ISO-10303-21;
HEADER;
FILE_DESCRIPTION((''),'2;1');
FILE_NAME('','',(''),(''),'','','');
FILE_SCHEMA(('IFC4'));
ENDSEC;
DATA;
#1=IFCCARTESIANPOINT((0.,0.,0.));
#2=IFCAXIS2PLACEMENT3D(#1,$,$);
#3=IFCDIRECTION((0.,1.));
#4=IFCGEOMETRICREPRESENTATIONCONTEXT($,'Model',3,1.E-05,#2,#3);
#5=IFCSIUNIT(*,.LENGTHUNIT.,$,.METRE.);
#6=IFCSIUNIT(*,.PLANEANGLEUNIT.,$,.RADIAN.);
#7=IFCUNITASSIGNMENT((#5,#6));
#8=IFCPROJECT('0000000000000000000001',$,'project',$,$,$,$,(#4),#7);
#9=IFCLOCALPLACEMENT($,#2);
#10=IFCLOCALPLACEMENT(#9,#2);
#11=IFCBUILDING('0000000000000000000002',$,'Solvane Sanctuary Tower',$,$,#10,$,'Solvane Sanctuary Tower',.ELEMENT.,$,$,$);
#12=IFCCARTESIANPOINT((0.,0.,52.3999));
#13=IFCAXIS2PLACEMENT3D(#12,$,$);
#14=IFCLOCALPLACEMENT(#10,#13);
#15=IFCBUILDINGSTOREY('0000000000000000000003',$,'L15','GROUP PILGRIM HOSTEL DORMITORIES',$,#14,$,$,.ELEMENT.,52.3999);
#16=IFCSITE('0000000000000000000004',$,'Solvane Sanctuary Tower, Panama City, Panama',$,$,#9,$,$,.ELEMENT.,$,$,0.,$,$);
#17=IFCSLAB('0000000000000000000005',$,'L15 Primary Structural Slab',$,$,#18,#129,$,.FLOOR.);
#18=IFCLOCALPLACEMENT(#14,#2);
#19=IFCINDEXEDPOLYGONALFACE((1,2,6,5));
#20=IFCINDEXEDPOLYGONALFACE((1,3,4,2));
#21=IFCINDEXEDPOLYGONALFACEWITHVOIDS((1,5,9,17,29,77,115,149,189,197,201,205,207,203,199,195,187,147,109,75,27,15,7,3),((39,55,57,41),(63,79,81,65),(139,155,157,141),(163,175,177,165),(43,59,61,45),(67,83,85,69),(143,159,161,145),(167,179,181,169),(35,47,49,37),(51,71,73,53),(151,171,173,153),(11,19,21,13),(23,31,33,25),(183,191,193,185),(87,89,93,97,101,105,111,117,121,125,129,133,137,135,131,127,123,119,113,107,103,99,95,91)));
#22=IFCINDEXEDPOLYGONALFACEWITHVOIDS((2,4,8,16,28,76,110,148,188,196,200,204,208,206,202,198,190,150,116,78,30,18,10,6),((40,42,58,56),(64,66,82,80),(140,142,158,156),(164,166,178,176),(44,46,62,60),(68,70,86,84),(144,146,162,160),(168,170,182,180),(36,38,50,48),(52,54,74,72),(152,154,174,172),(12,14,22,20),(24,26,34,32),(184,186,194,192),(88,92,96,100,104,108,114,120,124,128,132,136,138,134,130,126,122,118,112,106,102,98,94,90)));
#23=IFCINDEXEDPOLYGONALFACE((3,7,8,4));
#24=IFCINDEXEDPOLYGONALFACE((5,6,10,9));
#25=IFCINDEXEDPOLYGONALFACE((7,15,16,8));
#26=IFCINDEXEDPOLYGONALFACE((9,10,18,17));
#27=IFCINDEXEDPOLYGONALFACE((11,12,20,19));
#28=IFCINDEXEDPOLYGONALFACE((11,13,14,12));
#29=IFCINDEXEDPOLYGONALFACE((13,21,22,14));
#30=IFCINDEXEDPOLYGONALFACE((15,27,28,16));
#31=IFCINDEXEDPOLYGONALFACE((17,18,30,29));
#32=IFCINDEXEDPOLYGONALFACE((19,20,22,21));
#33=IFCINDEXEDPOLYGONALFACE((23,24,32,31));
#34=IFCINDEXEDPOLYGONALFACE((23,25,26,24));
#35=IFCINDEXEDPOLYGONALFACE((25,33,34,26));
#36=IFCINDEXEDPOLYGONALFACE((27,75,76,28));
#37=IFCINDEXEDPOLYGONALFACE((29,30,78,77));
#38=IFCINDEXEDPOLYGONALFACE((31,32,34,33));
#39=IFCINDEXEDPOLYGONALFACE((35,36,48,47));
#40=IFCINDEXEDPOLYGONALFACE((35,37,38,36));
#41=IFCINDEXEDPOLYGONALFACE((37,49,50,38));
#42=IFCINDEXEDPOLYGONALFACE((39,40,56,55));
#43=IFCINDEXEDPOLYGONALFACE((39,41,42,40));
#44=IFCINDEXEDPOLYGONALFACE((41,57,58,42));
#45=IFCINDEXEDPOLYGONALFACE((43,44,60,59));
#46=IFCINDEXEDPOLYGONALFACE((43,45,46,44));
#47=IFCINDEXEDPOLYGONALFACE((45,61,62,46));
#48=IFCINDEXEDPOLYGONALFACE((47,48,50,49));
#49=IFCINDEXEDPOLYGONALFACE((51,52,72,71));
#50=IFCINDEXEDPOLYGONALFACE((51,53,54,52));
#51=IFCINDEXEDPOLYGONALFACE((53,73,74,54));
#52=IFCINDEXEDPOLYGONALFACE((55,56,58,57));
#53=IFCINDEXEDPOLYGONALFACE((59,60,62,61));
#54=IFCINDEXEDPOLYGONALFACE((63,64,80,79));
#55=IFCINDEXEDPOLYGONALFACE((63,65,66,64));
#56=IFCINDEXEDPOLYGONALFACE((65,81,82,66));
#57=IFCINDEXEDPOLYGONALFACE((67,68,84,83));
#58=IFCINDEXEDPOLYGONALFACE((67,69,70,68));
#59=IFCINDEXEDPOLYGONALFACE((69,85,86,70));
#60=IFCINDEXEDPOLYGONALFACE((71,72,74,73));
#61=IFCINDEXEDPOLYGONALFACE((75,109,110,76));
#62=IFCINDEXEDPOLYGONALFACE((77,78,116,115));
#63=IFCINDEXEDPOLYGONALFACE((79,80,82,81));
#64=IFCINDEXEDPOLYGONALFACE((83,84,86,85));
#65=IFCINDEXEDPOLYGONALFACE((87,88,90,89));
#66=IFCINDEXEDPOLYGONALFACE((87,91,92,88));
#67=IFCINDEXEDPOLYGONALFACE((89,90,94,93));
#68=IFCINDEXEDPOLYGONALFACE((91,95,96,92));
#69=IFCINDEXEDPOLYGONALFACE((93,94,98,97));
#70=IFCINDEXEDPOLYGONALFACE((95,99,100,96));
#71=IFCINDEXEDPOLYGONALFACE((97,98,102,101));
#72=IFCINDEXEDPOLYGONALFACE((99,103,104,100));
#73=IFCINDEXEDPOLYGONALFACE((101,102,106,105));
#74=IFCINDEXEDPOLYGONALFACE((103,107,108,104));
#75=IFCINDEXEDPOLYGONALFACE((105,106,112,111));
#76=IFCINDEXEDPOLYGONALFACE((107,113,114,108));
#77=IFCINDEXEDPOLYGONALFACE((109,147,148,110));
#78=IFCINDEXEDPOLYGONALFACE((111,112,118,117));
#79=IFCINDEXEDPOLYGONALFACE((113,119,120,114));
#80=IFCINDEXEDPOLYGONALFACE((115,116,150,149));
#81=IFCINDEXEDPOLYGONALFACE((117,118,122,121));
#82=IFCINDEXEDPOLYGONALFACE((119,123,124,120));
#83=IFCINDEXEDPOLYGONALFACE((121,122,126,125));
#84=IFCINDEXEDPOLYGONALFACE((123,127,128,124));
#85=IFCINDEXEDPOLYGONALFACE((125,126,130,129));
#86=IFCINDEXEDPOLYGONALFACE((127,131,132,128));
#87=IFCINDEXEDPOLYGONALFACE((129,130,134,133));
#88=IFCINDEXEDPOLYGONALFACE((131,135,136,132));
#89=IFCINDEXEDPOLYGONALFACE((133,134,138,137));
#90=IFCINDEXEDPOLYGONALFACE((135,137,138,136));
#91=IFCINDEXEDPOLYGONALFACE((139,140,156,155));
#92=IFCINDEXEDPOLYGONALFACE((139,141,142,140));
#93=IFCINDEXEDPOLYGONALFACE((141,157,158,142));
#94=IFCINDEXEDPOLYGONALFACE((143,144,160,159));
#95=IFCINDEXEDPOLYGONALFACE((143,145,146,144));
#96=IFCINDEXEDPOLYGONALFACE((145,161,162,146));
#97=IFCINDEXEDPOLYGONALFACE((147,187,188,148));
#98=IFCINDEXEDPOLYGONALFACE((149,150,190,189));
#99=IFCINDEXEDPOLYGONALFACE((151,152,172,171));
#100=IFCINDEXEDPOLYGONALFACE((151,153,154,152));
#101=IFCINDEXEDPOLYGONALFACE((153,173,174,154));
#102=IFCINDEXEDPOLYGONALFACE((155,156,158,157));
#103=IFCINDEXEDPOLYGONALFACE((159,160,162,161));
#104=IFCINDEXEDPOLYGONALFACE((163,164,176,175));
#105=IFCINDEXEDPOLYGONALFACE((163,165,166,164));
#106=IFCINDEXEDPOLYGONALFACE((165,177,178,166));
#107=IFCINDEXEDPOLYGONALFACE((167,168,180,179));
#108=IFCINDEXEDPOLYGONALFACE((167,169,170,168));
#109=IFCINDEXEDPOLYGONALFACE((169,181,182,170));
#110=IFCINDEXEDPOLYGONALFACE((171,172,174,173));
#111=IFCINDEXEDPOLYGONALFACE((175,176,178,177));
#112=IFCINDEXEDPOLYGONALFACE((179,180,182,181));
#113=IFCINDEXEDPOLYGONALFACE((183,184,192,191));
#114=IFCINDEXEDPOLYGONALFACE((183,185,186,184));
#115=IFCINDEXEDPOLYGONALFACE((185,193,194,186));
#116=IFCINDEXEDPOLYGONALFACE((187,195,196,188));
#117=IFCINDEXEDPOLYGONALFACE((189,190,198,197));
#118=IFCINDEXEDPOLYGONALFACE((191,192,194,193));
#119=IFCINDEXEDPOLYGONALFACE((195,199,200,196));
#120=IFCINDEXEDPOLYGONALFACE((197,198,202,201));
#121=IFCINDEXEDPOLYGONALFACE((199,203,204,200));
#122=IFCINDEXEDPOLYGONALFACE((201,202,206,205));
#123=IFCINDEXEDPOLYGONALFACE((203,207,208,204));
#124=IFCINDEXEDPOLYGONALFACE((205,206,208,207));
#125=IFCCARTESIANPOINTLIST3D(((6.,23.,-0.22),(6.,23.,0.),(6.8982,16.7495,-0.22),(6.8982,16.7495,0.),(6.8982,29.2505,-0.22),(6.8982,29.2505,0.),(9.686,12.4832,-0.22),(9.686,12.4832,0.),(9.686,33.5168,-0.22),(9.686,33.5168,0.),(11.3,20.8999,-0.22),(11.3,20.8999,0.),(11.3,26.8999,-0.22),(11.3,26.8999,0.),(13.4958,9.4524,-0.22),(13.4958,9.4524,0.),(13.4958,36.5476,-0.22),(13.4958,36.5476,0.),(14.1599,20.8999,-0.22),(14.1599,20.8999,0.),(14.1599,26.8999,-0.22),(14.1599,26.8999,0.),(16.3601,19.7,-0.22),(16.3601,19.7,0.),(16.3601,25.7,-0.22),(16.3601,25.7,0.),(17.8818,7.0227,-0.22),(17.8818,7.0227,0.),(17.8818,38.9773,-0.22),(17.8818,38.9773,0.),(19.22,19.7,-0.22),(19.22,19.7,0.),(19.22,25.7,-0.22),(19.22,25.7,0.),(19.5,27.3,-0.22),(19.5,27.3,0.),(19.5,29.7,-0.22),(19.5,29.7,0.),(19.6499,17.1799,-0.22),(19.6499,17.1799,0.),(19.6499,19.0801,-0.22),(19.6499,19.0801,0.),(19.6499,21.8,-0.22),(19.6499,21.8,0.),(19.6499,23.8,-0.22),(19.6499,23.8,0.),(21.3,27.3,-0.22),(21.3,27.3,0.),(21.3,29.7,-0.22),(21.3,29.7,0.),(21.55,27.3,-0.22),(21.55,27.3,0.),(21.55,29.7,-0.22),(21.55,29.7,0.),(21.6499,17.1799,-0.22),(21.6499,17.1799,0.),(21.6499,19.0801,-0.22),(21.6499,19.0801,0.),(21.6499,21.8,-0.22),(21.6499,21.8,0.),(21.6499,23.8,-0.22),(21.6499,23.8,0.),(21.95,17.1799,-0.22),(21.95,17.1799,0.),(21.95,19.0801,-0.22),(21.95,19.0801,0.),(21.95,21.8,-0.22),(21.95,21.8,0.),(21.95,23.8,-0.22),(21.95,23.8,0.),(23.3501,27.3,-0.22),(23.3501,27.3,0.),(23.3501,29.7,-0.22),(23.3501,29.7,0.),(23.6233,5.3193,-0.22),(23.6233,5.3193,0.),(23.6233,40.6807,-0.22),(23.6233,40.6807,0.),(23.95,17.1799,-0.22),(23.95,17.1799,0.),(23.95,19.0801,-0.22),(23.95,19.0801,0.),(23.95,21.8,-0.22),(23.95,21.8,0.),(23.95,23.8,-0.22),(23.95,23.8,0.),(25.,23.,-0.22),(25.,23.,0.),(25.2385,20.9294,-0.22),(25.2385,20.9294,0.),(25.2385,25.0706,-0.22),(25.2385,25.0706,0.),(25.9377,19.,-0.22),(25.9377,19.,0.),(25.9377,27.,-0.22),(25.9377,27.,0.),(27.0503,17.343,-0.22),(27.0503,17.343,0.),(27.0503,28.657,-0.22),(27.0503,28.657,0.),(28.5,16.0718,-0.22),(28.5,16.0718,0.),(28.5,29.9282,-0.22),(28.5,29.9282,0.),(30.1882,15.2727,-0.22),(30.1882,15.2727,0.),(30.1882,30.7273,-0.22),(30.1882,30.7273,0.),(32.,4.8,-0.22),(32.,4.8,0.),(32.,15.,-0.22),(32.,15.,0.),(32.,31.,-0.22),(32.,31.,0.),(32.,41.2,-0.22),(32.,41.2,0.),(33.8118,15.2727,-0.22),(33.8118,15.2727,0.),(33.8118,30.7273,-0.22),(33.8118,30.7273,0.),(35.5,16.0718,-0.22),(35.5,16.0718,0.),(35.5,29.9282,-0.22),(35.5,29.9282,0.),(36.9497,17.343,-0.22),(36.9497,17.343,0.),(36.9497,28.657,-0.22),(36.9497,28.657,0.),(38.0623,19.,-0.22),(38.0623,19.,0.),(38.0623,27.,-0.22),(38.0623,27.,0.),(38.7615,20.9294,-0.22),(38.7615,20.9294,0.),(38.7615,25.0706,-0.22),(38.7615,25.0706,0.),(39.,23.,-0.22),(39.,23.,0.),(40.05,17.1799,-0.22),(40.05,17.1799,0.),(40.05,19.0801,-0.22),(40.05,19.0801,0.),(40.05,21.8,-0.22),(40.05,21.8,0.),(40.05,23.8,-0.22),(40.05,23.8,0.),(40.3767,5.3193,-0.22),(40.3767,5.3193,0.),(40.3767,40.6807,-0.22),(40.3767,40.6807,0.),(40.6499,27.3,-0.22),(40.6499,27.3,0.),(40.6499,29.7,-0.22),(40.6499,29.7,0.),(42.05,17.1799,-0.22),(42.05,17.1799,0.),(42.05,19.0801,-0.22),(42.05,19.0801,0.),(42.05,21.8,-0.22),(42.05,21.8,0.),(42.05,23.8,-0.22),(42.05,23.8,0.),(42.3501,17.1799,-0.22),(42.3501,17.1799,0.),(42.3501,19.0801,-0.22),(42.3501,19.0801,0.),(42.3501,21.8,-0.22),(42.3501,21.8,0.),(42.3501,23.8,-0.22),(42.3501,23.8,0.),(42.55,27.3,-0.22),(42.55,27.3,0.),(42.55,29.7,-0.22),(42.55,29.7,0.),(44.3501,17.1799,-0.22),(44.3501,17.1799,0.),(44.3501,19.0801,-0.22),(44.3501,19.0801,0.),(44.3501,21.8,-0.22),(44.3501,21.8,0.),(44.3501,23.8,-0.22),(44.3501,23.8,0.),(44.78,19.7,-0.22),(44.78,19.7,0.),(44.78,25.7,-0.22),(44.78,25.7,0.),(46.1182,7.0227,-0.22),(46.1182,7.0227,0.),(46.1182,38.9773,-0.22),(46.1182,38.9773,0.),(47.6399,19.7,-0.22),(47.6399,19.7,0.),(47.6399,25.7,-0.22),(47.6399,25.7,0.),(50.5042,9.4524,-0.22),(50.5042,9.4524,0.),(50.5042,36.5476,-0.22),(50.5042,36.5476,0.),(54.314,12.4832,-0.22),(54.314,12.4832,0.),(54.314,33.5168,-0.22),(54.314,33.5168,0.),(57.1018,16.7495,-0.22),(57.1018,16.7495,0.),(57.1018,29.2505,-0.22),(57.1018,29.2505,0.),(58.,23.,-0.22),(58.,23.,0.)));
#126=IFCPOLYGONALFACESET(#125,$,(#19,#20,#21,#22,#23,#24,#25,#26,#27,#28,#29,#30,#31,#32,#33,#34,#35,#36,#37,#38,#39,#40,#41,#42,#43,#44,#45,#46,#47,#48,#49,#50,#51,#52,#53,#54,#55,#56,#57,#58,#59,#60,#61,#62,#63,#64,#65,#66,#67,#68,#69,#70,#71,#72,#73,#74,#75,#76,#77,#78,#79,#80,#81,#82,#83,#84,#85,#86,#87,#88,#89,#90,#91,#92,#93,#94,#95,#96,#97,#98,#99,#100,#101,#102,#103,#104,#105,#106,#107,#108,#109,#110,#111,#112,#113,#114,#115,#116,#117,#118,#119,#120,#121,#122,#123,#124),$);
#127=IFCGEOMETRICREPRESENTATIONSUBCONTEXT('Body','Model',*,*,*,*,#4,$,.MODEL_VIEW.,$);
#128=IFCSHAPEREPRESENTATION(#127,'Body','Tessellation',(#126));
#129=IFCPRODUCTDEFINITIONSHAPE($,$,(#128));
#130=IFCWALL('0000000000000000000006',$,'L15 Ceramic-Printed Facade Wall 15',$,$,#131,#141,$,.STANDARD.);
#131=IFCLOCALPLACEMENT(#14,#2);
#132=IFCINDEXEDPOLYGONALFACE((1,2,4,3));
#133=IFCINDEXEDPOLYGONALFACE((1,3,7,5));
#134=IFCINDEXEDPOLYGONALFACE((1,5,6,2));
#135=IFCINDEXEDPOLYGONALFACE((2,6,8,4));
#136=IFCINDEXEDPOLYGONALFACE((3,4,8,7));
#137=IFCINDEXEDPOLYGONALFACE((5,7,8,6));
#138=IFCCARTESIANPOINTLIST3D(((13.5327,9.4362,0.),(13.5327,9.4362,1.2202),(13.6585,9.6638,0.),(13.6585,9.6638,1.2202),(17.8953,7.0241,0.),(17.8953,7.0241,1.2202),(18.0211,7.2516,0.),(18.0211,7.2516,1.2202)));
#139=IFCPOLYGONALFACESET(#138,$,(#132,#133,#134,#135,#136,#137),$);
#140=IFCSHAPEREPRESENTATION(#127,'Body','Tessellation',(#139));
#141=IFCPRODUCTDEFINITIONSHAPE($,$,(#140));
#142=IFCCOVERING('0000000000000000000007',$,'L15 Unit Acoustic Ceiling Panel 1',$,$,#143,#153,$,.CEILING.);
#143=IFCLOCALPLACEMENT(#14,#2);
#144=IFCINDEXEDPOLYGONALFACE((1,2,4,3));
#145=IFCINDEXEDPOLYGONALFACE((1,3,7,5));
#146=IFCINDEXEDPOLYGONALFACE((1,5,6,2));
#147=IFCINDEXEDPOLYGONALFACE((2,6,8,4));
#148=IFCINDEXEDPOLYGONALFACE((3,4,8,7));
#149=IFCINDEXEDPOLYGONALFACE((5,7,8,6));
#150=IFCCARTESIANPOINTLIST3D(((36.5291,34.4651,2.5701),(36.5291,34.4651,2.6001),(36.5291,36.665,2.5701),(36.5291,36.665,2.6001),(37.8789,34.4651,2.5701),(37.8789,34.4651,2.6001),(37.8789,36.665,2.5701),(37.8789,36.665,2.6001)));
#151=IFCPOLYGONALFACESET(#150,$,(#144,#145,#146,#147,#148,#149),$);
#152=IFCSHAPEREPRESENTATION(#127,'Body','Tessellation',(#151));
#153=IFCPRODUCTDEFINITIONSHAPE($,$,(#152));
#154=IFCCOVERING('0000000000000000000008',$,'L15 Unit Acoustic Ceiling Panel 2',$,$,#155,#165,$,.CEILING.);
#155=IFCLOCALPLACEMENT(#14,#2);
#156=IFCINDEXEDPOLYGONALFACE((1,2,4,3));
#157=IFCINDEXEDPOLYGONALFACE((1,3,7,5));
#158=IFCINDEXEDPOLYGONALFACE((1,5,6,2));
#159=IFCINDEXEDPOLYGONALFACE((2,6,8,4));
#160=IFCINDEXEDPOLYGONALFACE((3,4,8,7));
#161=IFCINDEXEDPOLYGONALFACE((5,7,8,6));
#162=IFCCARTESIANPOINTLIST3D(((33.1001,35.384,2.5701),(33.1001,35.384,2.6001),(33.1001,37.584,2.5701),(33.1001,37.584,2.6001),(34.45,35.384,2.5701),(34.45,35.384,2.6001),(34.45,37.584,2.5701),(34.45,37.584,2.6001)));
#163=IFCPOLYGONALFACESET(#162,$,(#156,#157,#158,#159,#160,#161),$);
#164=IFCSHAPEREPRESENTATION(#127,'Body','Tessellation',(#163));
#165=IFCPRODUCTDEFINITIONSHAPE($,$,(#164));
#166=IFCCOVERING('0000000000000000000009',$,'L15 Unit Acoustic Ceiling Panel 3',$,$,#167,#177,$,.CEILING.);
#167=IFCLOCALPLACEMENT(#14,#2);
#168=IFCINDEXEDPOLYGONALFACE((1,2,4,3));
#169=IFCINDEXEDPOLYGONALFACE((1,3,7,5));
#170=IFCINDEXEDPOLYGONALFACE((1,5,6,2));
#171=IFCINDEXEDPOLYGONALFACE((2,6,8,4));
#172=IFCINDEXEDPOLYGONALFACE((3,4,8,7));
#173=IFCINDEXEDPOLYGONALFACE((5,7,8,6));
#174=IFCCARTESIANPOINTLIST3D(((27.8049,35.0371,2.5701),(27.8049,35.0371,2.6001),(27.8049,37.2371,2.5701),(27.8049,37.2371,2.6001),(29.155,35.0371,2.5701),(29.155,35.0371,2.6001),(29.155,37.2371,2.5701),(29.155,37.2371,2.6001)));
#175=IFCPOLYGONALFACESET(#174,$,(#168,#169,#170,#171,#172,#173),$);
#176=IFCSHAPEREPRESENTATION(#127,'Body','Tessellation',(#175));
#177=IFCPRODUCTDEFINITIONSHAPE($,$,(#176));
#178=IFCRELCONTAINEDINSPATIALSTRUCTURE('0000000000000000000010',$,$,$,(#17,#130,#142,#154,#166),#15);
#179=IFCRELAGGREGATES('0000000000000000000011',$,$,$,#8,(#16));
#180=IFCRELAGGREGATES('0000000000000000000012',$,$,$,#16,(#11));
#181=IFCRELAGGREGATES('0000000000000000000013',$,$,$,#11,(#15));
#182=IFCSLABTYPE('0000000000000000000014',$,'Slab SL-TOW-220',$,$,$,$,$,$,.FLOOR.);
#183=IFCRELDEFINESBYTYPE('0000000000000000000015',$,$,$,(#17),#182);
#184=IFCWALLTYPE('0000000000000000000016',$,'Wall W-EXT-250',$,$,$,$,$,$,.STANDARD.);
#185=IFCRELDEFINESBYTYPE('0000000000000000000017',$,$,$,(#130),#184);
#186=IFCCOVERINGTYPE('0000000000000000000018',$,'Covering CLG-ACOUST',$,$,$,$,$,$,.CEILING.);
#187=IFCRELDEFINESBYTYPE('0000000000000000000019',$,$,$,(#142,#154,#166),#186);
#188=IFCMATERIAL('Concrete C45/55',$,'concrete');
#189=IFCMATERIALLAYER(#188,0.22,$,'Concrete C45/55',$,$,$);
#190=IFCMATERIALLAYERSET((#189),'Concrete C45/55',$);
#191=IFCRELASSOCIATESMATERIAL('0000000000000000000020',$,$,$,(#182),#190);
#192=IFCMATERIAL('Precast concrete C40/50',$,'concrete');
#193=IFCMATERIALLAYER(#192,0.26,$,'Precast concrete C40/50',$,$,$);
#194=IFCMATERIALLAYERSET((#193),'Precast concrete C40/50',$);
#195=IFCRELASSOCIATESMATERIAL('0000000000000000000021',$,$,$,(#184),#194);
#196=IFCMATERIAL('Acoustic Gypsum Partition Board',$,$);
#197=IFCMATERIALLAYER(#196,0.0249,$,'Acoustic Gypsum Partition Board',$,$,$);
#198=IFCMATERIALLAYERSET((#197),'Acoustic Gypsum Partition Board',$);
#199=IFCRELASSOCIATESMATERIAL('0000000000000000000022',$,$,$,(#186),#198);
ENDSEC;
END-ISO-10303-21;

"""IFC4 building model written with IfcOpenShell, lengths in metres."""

from ifc_helpers import new_model, si_unit, direction, frame, frame_2d, origin, place, context, subcontext, project, spatial, polyline, rectangle, outline, extrude, material, layer, layer_set, type_object, element, save


model = new_model("IFC4")

# Units and contexts
model_context = context("Model", 3, precision=1e-05, world=origin(), true_north=direction((0.0, 1.0)))
body_context = subcontext(model_context, "Body", "Model", "MODEL_VIEW")
ifc_project = project(units=[si_unit("LENGTHUNIT", "METRE"), si_unit("PLANEANGLEUNIT", "RADIAN")], contexts=[model_context])

# Site, building, storey
site_placement = place(None, origin())
site = spatial("IfcSite", under=ifc_project, at=site_placement, Name="Solvane Sanctuary Tower, Panama City, Panama", CompositionType="ELEMENT", RefElevation=0.0)
building_placement = place(site_placement, origin())
building = spatial("IfcBuilding", under=site, at=building_placement, Name="Solvane Sanctuary Tower", LongName="Solvane Sanctuary Tower", CompositionType="ELEMENT")
storey_placement = place(building_placement, frame((0.0, 0.0, 52.3999)))
storey = spatial("IfcBuildingStorey", under=building, at=storey_placement, Name="L15", Description="GROUP PILGRIM HOSTEL DORMITORIES", CompositionType="ELEMENT", Elevation=52.3999)

# Shared definitions
ifc_material_1 = material(Name="Concrete C45/55", Category="concrete")

# Slab
ifc_layer_1 = layer(ifc_material_1, 0.22, Name="Concrete C45/55")
ifc_layer_set_1 = layer_set([ifc_layer_1], Name="Concrete C45/55")
slab_type_1 = type_object("IfcSlabType", Name="Slab SL-TOW-220", PredefinedType="FLOOR", material=ifc_layer_set_1)
slab_1_placement = place(storey_placement, frame((0.0, 0.0, -0.22)))
element("IfcSlab", 1, at=slab_1_placement, inside=storey, type_object=slab_type_1, Name="L15 Primary Structural Slab", PredefinedType="FLOOR", context=body_context, shape_type="SweptSolid", body=[
    extrude(outline(polyline([(58.0, 23.0), (57.1018, 29.2505), (54.314, 33.5168), (50.5042, 36.5476), (46.1182, 38.9773), (40.3767, 40.6807), (32.0, 41.2), (23.6233, 40.6807), (17.8818, 38.9773), (13.4958, 36.5476), (9.686, 33.5168), (6.8982, 29.2505), (6.0, 23.0), (6.8982, 16.7495), (9.686, 12.4832), (13.4958, 9.4524), (17.8818, 7.0227), (23.6233, 5.3193), (32.0, 4.8), (40.3767, 5.3193), (46.1182, 7.0227), (50.5042, 9.4524), (54.314, 12.4832), (57.1018, 16.7495), (58.0, 23.0)]), holes=[polyline([(38.7615, 20.9294), (38.0623, 19.0), (36.9497, 17.343), (35.5, 16.0718), (33.8118, 15.2727), (32.0, 15.0), (30.1882, 15.2727), (28.5, 16.0718), (27.0503, 17.343), (25.9377, 19.0), (25.2385, 20.9294), (25.0, 23.0), (25.2385, 25.0706), (25.9377, 27.0), (27.0503, 28.657), (28.5, 29.9282), (30.1882, 30.7273), (32.0, 31.0), (33.8118, 30.7273), (35.5, 29.9282), (36.9497, 28.657), (38.0623, 27.0), (38.7615, 25.0706), (39.0, 23.0), (38.7615, 20.9294)]), polyline([(16.3601, 19.7), (16.3601, 25.7), (19.22, 25.7), (19.22, 19.7), (16.3601, 19.7)]), polyline([(44.78, 19.7), (44.78, 25.7), (47.6399, 25.7), (47.6399, 19.7), (44.78, 19.7)]), polyline([(11.3, 20.8999), (11.3, 26.8999), (14.1599, 26.8999), (14.1599, 20.8999), (11.3, 20.8999)]), polyline([(19.6499, 19.0801), (21.6499, 19.0801), (21.6499, 17.1799), (19.6499, 17.1799), (19.6499, 19.0801)]), polyline([(21.95, 19.0801), (23.95, 19.0801), (23.95, 17.1799), (21.95, 17.1799), (21.95, 19.0801)]), polyline([(40.05, 19.0801), (42.05, 19.0801), (42.05, 17.1799), (40.05, 17.1799), (40.05, 19.0801)]), polyline([(42.3501, 19.0801), (44.3501, 19.0801), (44.3501, 17.1799), (42.3501, 17.1799), (42.3501, 19.0801)]), polyline([(19.6499, 23.8), (21.6499, 23.8), (21.6499, 21.8), (19.6499, 21.8), (19.6499, 23.8)]), polyline([(42.3501, 23.8), (44.3501, 23.8), (44.3501, 21.8), (42.3501, 21.8), (42.3501, 23.8)]), polyline([(21.95, 23.8), (23.95, 23.8), (23.95, 21.8), (21.95, 21.8), (21.95, 23.8)]), polyline([(40.05, 23.8), (42.05, 23.8), (42.05, 21.8), (40.05, 21.8), (40.05, 23.8)]), polyline([(19.5, 29.7), (21.3, 29.7), (21.3, 27.3), (19.5, 27.3), (19.5, 29.7)]), polyline([(21.55, 29.7), (23.3501, 29.7), (23.3501, 27.3), (21.55, 27.3), (21.55, 29.7)]), polyline([(40.6499, 29.7), (42.55, 29.7), (42.55, 27.3), (40.6499, 27.3), (40.6499, 29.7)])]), origin(), (0.0, 0.0, 1.0), 0.22),
])

# Wall
ifc_material_2 = material(Name="Precast concrete C40/50", Category="concrete")
ifc_layer_2 = layer(ifc_material_2, 0.26, Name="Precast concrete C40/50")
ifc_layer_set_2 = layer_set([ifc_layer_2], Name="Precast concrete C40/50")
wall_type = type_object("IfcWallType", Name="Wall W-EXT-250", PredefinedType="STANDARD", material=ifc_layer_set_2)
wall_placement = place(storey_placement, frame((13.5955, 9.55, 0.0), z_axis=(0.0, 0.0, 1.0), x_axis=(0.875137, -0.483875, 0.0)))
element("IfcWall", 2, at=wall_placement, inside=storey, type_object=wall_type, Name="L15 Ceramic-Printed Facade Wall 15", PredefinedType="STANDARD", context=body_context, shape_type="SweptSolid", body=[
    extrude(rectangle(XDim=4.9851, YDim=0.26, at=frame_2d((2.4927, 0.0))), origin(), (0.0, 0.0, 1.0), 1.2202),
])

# Coverings
ifc_material_3 = material(Name="Acoustic Gypsum Partition Board")
ifc_layer_3 = layer(ifc_material_3, 0.0249, Name="Acoustic Gypsum Partition Board")
ifc_layer_set_3 = layer_set([ifc_layer_3], Name="Acoustic Gypsum Partition Board")
covering_type_1 = type_object("IfcCoveringType", Name="Covering CLG-ACOUST", PredefinedType="CEILING", material=ifc_layer_set_3)
covering_1_placement = place(storey_placement, frame((0.0, 0.0, 2.5701)))
element("IfcCovering", 3, at=covering_1_placement, inside=storey, type_object=covering_type_1, Name="L15 Unit Acoustic Ceiling Panel 1", PredefinedType="CEILING", context=body_context, shape_type="SweptSolid", body=[
    extrude(outline(polyline([(36.5291, 34.4651), (37.8789, 34.4651), (37.8789, 36.665), (36.5291, 36.665), (36.5291, 34.4651)])), origin(), (0.0, 0.0, 1.0), 0.03),
])
covering_2_placement = place(storey_placement, frame((0.0, 0.0, 2.5701)))
element("IfcCovering", 4, at=covering_2_placement, inside=storey, type_object=covering_type_1, Name="L15 Unit Acoustic Ceiling Panel 2", PredefinedType="CEILING", context=body_context, shape_type="SweptSolid", body=[
    extrude(outline(polyline([(33.1001, 35.384), (34.45, 35.384), (34.45, 37.584), (33.1001, 37.584), (33.1001, 35.384)])), origin(), (0.0, 0.0, 1.0), 0.03),
])
covering_3_placement = place(storey_placement, frame((0.0, 0.0, 2.5701)))
element("IfcCovering", 5, at=covering_3_placement, inside=storey, type_object=covering_type_1, Name="L15 Unit Acoustic Ceiling Panel 3", PredefinedType="CEILING", context=body_context, shape_type="SweptSolid", body=[
    extrude(outline(polyline([(27.8049, 35.0371), (29.155, 35.0371), (29.155, 37.2371), (27.8049, 37.2371), (27.8049, 35.0371)])), origin(), (0.0, 0.0, 1.0), 0.03),
])

save(model, "model.ifc")
